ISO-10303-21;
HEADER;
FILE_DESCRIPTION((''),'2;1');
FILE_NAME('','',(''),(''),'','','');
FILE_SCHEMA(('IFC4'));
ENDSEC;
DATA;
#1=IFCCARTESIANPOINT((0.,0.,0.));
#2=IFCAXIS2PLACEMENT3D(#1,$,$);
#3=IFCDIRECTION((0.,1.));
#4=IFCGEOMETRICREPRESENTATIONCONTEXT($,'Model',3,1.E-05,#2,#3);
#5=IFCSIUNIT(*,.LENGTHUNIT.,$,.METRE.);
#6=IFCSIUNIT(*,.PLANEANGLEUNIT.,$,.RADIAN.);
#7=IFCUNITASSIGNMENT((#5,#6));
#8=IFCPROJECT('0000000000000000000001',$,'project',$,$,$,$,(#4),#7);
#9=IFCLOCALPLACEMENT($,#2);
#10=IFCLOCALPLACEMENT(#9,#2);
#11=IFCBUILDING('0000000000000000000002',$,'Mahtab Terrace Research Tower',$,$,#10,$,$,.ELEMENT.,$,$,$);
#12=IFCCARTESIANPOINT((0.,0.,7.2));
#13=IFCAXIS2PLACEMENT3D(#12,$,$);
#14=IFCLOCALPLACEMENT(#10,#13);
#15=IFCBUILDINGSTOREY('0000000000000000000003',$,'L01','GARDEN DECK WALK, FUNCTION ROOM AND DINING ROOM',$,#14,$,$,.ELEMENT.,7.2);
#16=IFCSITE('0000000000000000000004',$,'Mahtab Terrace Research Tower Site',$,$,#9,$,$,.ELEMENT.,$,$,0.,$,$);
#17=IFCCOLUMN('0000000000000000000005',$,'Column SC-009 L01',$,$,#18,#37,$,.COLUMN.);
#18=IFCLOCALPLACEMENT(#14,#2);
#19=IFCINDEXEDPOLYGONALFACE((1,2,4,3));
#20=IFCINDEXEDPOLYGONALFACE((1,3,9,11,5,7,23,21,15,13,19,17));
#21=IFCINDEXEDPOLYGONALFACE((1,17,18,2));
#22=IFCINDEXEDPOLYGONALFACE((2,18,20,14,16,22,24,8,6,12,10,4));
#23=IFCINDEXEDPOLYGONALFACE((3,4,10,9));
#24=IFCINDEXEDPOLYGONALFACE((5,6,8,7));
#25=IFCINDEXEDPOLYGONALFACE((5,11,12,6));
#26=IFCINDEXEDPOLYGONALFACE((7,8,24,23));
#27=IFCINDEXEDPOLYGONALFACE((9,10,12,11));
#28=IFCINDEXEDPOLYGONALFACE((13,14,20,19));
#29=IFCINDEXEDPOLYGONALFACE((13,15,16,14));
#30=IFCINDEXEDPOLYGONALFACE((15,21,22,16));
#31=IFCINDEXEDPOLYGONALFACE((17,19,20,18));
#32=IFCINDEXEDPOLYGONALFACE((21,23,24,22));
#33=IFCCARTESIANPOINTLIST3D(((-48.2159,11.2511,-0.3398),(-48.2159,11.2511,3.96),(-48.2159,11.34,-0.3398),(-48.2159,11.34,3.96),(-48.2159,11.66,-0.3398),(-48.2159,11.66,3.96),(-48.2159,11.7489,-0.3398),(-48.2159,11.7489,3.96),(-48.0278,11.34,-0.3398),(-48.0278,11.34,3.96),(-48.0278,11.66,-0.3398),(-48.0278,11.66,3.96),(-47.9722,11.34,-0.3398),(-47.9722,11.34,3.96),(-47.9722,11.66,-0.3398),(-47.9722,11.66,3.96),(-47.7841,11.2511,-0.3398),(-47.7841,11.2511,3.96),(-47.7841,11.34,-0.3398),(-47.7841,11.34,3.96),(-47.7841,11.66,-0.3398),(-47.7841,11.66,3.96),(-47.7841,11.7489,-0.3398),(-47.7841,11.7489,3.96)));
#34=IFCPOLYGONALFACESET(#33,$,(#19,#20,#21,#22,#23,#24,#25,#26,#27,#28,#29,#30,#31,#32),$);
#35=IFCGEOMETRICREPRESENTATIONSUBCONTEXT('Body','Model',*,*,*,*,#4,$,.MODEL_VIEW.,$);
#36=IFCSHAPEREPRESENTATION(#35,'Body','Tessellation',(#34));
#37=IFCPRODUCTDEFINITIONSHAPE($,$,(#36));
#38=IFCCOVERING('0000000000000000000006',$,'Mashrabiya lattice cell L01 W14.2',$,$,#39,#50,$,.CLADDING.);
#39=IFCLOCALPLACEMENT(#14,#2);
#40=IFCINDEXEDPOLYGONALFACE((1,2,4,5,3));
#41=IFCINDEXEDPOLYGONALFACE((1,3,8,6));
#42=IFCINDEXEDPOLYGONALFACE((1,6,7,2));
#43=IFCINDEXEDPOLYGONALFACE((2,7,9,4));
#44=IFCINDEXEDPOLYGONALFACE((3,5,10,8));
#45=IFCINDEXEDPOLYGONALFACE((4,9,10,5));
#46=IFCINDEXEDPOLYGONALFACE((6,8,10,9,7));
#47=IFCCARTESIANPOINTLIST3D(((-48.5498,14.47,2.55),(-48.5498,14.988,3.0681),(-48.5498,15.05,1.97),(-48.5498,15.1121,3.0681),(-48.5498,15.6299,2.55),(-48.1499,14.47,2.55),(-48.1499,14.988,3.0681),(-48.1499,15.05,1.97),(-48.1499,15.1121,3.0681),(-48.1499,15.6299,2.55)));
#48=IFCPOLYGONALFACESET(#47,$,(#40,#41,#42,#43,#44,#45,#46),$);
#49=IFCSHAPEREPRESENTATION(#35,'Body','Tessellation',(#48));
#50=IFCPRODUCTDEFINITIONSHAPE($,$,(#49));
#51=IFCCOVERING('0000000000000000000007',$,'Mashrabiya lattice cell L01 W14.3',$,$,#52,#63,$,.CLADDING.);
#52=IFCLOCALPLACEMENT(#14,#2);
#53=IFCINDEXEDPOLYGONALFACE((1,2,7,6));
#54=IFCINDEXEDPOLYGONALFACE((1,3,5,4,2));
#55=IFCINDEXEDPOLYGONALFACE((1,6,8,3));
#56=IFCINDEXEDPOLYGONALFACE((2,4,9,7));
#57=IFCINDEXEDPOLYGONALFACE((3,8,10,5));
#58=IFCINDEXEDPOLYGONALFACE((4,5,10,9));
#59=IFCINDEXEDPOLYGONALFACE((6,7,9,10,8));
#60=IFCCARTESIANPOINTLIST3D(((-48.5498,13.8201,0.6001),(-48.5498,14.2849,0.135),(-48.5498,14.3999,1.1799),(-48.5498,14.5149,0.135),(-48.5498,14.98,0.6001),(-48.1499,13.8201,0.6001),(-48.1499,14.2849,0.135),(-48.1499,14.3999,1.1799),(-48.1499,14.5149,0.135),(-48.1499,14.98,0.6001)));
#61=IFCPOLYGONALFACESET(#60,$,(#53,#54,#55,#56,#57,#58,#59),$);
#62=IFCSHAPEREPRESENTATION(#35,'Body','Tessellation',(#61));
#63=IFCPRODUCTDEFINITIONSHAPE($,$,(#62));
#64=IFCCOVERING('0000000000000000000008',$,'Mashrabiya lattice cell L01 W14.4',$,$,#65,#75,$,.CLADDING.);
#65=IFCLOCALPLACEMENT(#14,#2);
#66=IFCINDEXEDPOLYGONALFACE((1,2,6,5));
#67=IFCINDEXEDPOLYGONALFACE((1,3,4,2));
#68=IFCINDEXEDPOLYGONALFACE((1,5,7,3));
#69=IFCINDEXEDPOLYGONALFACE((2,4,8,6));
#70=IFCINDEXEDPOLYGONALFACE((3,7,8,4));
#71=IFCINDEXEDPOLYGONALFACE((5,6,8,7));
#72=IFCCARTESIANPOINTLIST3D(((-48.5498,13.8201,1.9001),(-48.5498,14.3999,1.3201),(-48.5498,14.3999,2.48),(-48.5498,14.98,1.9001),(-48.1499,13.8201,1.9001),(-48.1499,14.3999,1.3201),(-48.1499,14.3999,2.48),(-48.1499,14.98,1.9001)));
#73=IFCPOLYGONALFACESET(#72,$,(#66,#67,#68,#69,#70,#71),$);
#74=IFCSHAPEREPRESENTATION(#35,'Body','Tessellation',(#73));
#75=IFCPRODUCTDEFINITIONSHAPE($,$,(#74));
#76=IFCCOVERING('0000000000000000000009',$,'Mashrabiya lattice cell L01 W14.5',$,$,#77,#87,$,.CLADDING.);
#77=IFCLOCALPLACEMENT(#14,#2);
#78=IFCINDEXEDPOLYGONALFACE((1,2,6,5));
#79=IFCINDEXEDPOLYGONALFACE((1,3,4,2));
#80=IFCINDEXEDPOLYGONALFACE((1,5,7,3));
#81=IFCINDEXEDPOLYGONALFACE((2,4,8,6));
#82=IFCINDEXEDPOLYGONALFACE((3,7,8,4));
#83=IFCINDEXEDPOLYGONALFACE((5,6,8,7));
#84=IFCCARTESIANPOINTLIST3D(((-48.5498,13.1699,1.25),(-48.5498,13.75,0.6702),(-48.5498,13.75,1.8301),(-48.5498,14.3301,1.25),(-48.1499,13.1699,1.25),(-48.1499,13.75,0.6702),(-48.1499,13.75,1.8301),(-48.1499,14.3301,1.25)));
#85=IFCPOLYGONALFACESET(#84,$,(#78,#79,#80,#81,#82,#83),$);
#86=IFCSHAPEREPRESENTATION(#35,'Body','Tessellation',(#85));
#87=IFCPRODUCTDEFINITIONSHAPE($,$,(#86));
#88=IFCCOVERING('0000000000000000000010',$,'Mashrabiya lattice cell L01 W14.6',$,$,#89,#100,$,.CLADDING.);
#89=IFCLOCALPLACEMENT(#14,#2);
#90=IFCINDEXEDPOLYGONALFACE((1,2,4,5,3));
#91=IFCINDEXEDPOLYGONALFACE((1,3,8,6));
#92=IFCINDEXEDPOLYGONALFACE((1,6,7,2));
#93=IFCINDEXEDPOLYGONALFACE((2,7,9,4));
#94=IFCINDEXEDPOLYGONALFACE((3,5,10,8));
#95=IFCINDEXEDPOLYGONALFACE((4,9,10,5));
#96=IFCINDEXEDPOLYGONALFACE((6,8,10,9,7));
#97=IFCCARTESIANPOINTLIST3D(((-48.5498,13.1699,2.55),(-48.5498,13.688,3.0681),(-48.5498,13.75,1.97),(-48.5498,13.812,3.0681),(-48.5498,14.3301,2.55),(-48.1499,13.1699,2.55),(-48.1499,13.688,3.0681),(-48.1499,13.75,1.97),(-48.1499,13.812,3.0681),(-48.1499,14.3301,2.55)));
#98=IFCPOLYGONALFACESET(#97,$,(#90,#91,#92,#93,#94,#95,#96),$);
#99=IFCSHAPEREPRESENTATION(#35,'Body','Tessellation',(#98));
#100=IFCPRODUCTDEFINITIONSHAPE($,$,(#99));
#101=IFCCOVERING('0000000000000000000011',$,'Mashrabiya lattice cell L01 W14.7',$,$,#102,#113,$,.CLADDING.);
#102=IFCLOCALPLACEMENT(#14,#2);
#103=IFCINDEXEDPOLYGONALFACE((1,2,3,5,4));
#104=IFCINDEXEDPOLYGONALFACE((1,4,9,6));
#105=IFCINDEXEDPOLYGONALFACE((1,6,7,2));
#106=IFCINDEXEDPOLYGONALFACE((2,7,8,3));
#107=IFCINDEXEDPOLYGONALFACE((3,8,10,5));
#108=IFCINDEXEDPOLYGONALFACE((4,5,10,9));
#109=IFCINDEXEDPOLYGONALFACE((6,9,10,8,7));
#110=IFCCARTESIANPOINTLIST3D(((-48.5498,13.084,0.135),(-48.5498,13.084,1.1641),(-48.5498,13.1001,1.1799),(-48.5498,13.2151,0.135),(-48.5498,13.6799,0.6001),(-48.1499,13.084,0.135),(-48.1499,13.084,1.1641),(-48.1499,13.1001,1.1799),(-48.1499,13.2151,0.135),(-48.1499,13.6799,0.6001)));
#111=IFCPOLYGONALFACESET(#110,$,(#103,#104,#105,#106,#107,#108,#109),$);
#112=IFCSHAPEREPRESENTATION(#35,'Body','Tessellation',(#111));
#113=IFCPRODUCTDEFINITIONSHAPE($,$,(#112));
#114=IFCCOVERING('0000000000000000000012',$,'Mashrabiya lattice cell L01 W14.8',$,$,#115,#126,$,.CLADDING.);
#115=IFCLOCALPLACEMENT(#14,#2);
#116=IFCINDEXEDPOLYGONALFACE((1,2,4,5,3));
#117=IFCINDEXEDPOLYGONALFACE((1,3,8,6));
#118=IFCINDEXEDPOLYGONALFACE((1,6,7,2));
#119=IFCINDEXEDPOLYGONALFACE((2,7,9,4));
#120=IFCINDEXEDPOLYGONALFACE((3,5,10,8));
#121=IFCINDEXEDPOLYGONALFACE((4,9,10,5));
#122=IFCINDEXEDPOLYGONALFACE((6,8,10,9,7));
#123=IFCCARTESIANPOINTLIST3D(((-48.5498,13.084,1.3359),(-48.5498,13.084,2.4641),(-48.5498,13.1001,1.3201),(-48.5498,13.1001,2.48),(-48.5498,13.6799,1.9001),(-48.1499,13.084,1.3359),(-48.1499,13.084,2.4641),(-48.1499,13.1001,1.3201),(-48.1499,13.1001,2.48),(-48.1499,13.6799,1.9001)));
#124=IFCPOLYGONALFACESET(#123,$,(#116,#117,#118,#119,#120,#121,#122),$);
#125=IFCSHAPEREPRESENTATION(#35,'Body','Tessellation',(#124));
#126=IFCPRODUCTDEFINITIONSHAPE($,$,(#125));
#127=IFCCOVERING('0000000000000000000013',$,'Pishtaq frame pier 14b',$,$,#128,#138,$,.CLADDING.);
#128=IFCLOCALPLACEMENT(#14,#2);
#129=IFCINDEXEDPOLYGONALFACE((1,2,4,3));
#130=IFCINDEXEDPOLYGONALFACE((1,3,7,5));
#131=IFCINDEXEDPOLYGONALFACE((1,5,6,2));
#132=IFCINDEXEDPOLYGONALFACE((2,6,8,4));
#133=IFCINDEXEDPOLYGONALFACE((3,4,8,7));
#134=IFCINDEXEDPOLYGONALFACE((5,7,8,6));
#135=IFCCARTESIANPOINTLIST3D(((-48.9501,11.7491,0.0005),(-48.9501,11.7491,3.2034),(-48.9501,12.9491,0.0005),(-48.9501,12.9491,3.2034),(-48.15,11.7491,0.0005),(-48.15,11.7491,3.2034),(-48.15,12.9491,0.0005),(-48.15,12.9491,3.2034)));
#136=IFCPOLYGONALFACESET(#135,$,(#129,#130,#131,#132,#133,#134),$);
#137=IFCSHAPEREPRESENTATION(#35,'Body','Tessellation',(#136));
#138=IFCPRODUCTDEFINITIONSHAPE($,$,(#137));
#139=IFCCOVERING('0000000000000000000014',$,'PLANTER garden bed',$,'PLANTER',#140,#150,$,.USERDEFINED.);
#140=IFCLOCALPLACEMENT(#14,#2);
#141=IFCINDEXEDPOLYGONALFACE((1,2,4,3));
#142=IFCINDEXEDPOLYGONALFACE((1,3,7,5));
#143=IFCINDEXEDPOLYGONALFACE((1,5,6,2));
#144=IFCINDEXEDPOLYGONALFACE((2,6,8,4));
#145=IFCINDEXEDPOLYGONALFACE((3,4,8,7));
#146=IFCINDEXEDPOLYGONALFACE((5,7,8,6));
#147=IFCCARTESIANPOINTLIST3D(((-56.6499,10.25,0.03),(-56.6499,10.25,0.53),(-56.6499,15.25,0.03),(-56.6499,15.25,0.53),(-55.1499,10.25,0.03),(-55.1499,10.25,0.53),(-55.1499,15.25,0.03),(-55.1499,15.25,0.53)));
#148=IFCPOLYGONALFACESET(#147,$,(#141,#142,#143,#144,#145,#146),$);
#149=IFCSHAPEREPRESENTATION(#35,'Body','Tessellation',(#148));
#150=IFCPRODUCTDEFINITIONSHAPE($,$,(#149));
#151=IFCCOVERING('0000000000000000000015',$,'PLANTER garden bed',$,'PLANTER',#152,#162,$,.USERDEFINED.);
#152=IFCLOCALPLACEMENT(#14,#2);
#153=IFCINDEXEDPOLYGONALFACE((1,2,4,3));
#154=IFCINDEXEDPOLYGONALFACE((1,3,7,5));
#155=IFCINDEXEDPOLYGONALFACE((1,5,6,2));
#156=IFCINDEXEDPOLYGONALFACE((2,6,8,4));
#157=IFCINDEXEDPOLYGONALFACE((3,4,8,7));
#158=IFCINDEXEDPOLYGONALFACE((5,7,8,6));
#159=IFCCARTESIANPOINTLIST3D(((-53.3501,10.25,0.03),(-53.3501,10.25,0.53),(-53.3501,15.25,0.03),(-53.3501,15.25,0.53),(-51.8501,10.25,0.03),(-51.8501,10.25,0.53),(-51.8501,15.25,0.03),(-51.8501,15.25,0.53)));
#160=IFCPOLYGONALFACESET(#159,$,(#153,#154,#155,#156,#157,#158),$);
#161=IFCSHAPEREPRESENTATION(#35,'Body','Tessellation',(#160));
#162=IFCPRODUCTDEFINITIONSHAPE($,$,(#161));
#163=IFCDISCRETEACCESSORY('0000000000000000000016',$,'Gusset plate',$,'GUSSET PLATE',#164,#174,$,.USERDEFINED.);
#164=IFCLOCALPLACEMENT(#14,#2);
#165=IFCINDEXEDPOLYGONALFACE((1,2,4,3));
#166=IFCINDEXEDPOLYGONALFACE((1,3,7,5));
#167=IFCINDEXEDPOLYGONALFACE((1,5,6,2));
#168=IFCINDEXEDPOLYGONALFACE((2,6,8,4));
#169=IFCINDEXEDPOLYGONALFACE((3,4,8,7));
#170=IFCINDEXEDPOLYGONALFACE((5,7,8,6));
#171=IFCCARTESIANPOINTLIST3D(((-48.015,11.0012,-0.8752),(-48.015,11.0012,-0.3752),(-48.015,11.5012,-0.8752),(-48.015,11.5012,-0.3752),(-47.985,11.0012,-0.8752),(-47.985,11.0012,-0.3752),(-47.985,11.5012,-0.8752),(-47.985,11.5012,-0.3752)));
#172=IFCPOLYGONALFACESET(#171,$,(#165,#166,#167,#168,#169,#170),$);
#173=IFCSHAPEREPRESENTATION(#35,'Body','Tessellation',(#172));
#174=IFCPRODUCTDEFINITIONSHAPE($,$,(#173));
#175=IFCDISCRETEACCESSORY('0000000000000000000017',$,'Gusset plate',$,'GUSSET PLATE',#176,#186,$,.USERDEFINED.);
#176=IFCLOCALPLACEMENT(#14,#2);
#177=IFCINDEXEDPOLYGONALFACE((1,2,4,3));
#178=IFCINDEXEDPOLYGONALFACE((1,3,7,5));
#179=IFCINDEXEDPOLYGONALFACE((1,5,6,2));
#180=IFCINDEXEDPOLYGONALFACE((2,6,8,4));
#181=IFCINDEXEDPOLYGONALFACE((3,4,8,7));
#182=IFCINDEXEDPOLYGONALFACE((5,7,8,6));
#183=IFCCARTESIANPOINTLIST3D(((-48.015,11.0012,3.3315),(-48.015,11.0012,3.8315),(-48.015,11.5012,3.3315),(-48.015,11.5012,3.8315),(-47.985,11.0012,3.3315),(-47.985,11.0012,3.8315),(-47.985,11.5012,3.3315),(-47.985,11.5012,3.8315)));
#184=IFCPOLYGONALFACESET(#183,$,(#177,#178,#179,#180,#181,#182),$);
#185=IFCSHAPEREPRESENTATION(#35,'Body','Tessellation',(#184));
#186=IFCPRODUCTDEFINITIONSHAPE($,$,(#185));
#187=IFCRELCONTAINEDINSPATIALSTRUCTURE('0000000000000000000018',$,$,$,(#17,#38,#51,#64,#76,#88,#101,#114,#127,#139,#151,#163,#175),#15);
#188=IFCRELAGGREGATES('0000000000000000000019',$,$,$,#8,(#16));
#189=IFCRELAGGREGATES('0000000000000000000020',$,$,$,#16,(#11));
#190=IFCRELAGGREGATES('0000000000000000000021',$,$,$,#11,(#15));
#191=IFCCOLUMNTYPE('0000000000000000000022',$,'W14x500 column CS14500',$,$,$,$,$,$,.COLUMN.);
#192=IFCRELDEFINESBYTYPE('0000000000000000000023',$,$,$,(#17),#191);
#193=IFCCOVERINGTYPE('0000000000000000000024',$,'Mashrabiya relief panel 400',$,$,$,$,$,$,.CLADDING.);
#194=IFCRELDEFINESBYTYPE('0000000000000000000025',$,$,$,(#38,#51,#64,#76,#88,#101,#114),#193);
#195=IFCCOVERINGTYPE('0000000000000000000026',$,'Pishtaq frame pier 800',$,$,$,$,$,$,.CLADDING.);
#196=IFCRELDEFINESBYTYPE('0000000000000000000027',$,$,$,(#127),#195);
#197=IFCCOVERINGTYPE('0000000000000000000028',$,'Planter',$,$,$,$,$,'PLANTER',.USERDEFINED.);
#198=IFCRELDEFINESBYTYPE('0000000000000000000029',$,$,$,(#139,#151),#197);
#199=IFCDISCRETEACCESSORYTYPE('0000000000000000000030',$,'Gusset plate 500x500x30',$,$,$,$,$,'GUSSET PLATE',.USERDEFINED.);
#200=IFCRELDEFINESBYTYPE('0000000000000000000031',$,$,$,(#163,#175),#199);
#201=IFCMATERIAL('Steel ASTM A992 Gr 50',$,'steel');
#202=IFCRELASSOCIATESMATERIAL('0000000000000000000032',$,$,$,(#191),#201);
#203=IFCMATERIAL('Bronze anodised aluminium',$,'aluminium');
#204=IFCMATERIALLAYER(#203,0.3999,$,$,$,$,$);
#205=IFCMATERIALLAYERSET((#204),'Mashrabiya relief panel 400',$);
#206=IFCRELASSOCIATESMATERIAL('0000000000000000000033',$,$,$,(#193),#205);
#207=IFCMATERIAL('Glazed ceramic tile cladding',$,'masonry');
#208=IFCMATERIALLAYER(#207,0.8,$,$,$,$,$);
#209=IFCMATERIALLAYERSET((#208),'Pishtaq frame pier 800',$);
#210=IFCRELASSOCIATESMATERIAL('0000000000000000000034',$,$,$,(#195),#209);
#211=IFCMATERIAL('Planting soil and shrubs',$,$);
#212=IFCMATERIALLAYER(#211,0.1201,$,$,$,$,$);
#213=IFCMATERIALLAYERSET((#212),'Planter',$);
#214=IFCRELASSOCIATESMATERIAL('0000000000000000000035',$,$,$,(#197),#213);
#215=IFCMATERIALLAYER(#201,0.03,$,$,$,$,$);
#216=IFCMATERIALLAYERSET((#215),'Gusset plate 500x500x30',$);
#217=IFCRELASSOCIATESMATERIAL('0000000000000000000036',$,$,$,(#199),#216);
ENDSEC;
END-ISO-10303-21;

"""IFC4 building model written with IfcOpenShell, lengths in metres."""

from ifc_helpers import new_model, si_unit, direction, frame, origin, origin_2d, place, context, subcontext, project, spatial, polyline, rectangle, i_section, outline, extrude, material, layer, layer_set, material_profile, profile_set, type_object, element, save


model = new_model("IFC4")

# Units and contexts
model_context = context("Model", 3, precision=1e-05, world=origin(), true_north=direction((0.0, 1.0)))
body_context = subcontext(model_context, "Body", "Model", "MODEL_VIEW")
ifc_project = project(units=[si_unit("LENGTHUNIT", "METRE"), si_unit("PLANEANGLEUNIT", "RADIAN")], contexts=[model_context])

# Site, building, storey
site_placement = place(None, origin())
site = spatial("IfcSite", under=ifc_project, at=site_placement, Name="Mahtab Terrace Research Tower Site", CompositionType="ELEMENT", RefElevation=0.0)
building_placement = place(site_placement, origin())
building = spatial("IfcBuilding", under=site, at=building_placement, Name="Mahtab Terrace Research Tower", CompositionType="ELEMENT")
storey_placement = place(building_placement, frame((0.0, 0.0, 7.2)))
storey = spatial("IfcBuildingStorey", under=building, at=storey_placement, Name="L01", Description="GARDEN DECK WALK, FUNCTION ROOM AND DINING ROOM", CompositionType="ELEMENT", Elevation=7.2)

# Column
ifc_material_1 = material(Name="Steel ASTM A992 Gr 50", Category="steel")
ifc_material_profile = material_profile(ifc_material_1, i_section(OverallWidth=0.4319, OverallDepth=0.4978, WebThickness=0.0557, FlangeThickness=0.0889, at=origin_2d()), Name="W14X500")
ifc_profile_set = profile_set([ifc_material_profile], Name="Steel ASTM A992 Gr 50")
column_type = type_object("IfcColumnType", Name="W14x500 column CS14500", PredefinedType="COLUMN", material=ifc_profile_set)
column_placement = place(storey_placement, frame((-48.0, 11.5, -0.3398), z_axis=(0.0, 0.0, 1.0), x_axis=(1.0, 0.0, 0.0)))
element("IfcColumn", 1, at=column_placement, inside=storey, type_object=column_type, Name="Column SC-009 L01", PredefinedType="COLUMN", context=body_context, shape_type="SweptSolid", body=[
    extrude(i_section(OverallWidth=0.4319, OverallDepth=0.4978, WebThickness=0.0557, FlangeThickness=0.0889, at=origin_2d()), origin(), (0.0, 0.0, 1.0), 4.2998),
])

# Coverings
ifc_material_2 = material(Name="Bronze anodised aluminium", Category="aluminium")
ifc_layer_1 = layer(ifc_material_2, 0.3999)
ifc_layer_set_1 = layer_set([ifc_layer_1], Name="Mashrabiya relief panel 400")
covering_type_1 = type_object("IfcCoveringType", Name="Mashrabiya relief panel 400", PredefinedType="CLADDING", material=ifc_layer_set_1)
covering_1_placement = place(storey_placement, frame((-48.1499, 14.47, 2.55), z_axis=(1.0, 0.0, 0.0), x_axis=(0.0, 0.707107, -0.707107)))
element("IfcCovering", 2, at=covering_1_placement, inside=storey, type_object=covering_type_1, Name="Mashrabiya lattice cell L01 W14.2", PredefinedType="CLADDING", context=body_context, shape_type="SweptSolid", body=[
    extrude(outline(polyline([(0.0, 0.0), (0.8204, 0.0), (0.8202, 0.8202), (0.0877, 0.8204), (0.0, 0.7327), (0.0, 0.0)])), origin(), (0.0, 0.0, -1.0), 0.3999),
])
covering_2_placement = place(storey_placement, frame((-48.1499, 14.98, 0.6001), z_axis=(1.0, 0.0, 0.0), x_axis=(0.0, -0.707256, 0.706958)))
element("IfcCovering", 3, at=covering_2_placement, inside=storey, type_object=covering_type_1, Name="Mashrabiya lattice cell L01 W14.3", PredefinedType="CLADDING", context=body_context, shape_type="SweptSolid", body=[
    extrude(outline(polyline([(0.0, 0.0), (0.8202, 0.0), (0.8204, 0.82), (0.1628, 0.8203), (0.0001, 0.6577), (0.0, 0.0)])), origin(), (0.0, 0.0, -1.0), 0.3999),
])
covering_3_placement = place(storey_placement, frame((-48.1499, 14.3999, 2.48), z_axis=(1.0, 0.0, 0.0), x_axis=(0.0, -0.707107, -0.707107)))
element("IfcCovering", 4, at=covering_3_placement, inside=storey, type_object=covering_type_1, Name="Mashrabiya lattice cell L01 W14.4", PredefinedType="CLADDING", context=body_context, shape_type="SweptSolid", body=[
    extrude(outline(polyline([(0.0, 0.0), (0.82, 0.0), (0.8202, 0.8202), (-0.0002, 0.8202), (0.0, 0.0)])), origin(), (0.0, 0.0, -1.0), 0.3999),
])
covering_4_placement = place(storey_placement, frame((-48.1499, 13.75, 1.8301), z_axis=(1.0, 0.0, 0.0), x_axis=(0.0, -0.707107, -0.707107)))
element("IfcCovering", 5, at=covering_4_placement, inside=storey, type_object=covering_type_1, Name="Mashrabiya lattice cell L01 W14.5", PredefinedType="CLADDING", context=body_context, shape_type="SweptSolid", body=[
    extrude(outline(polyline([(0.0, 0.0), (0.8204, 0.0), (0.8202, 0.8202), (0.0, 0.8204), (0.0, 0.0)])), origin(), (0.0, 0.0, -1.0), 0.3999),
])
covering_5_placement = place(storey_placement, frame((-48.1499, 13.1699, 2.55), z_axis=(1.0, 0.0, 0.0), x_axis=(0.0, 0.707107, -0.707107)))
element("IfcCovering", 6, at=covering_5_placement, inside=storey, type_object=covering_type_1, Name="Mashrabiya lattice cell L01 W14.6", PredefinedType="CLADDING", context=body_context, shape_type="SweptSolid", body=[
    extrude(outline(polyline([(0.0, 0.0), (0.8204, 0.0), (0.8204, 0.8204), (0.0877, 0.8204), (0.0, 0.7327), (0.0, 0.0)])), origin(), (0.0, 0.0, -1.0), 0.3999),
])
covering_6_placement = place(storey_placement, frame((-48.1499, 13.6799, 0.6001), z_axis=(1.0, 0.0, 0.0), x_axis=(0.0, -0.707107, 0.707107)))
element("IfcCovering", 7, at=covering_6_placement, inside=storey, type_object=covering_type_1, Name="Mashrabiya lattice cell L01 W14.7", PredefinedType="CLADDING", context=body_context, shape_type="SweptSolid", body=[
    extrude(outline(polyline([(0.0, 0.0), (0.82, 0.0), (0.8202, 0.0226), (0.0925, 0.7503), (-0.0002, 0.6576), (0.0, 0.0)])), origin(), (0.0, 0.0, -1.0), 0.3999),
])
covering_7_placement = place(storey_placement, frame((-48.1499, 13.1001, 1.3201), z_axis=(1.0, 0.0, 0.0), x_axis=(0.0, 0.706958, 0.707256)))
element("IfcCovering", 8, at=covering_7_placement, inside=storey, type_object=covering_type_1, Name="Mashrabiya lattice cell L01 W14.8", PredefinedType="CLADDING", context=body_context, shape_type="SweptSolid", body=[
    extrude(outline(polyline([(0.0, 0.0), (0.8202, 0.0), (0.8204, 0.82), (0.7977, 0.8202), (-0.0002, 0.0226), (0.0, 0.0)])), origin(), (0.0, 0.0, -1.0), 0.3999),
])
ifc_material_3 = material(Name="Glazed ceramic tile cladding", Category="masonry")
ifc_layer_2 = layer(ifc_material_3, 0.8)
ifc_layer_set_2 = layer_set([ifc_layer_2], Name="Pishtaq frame pier 800")
covering_type_2 = type_object("IfcCoveringType", Name="Pishtaq frame pier 800", PredefinedType="CLADDING", material=ifc_layer_set_2)
covering_8_placement = place(storey_placement, frame((-48.55, 12.3491, 0.0005), z_axis=(0.0, 0.0, 1.0), x_axis=(0.0, -1.0, 0.0)))
element("IfcCovering", 9, at=covering_8_placement, inside=storey, type_object=covering_type_2, Name="Pishtaq frame pier 14b", PredefinedType="CLADDING", context=body_context, shape_type="SweptSolid", body=[
    extrude(rectangle(XDim=1.2, YDim=0.8, at=origin_2d()), origin(), (0.0, 0.0, 1.0), 3.2029),
])
ifc_material_4 = material(Name="Planting soil and shrubs")
ifc_layer_3 = layer(ifc_material_4, 0.1201)
ifc_layer_set_3 = layer_set([ifc_layer_3], Name="Planter")
covering_type_3 = type_object("IfcCoveringType", Name="Planter", ElementType="PLANTER", PredefinedType="USERDEFINED", material=ifc_layer_set_3)
for number, where, z_axis, x_axis, name in (
    (10, (-55.8999, 12.75, 0.03), (0.0, 0.0, 1.0), (1.0, 0.0, 0.0), "PLANTER garden bed"),
    (11, (-52.6001, 12.75, 0.03), (0.0, 0.0, 1.0), (1.0, 0.0, 0.0), "PLANTER garden bed"),
):
    element("IfcCovering", number, at=place(storey_placement, frame(where, z_axis=z_axis, x_axis=x_axis)), inside=storey, type_object=covering_type_3, Name=name, ObjectType="PLANTER", PredefinedType="USERDEFINED", context=body_context, shape_type="SweptSolid", body=[
        extrude(rectangle(XDim=1.5, YDim=5.0, at=origin_2d()), origin(), (0.0, 0.0, 1.0), 0.5),
    ])

# Discrete accessories
ifc_layer_4 = layer(ifc_material_1, 0.03)
ifc_layer_set_4 = layer_set([ifc_layer_4], Name="Gusset plate 500x500x30")
discrete_accessory_type = type_object("IfcDiscreteAccessoryType", Name="Gusset plate 500x500x30", ElementType="GUSSET PLATE", PredefinedType="USERDEFINED", material=ifc_layer_set_4)
for number, where, z_axis, x_axis, name in (
    (12, (-48.0, 11.2512, -0.8752), (0.0, 0.0, 1.0), (0.0, 1.0, 0.0), "Gusset plate"),
    (13, (-48.0, 11.2512, 3.3315), (0.0, 0.0, 1.0), (0.0, 1.0, 0.0), "Gusset plate"),
):
    element("IfcDiscreteAccessory", number, at=place(storey_placement, frame(where, z_axis=z_axis, x_axis=x_axis)), inside=storey, type_object=discrete_accessory_type, Name=name, ObjectType="GUSSET PLATE", PredefinedType="USERDEFINED", context=body_context, shape_type="SweptSolid", body=[
        extrude(rectangle(XDim=0.5, YDim=0.03, at=origin_2d()), origin(), (0.0, 0.0, 1.0), 0.5),
    ])

save(model, "model.ifc")
